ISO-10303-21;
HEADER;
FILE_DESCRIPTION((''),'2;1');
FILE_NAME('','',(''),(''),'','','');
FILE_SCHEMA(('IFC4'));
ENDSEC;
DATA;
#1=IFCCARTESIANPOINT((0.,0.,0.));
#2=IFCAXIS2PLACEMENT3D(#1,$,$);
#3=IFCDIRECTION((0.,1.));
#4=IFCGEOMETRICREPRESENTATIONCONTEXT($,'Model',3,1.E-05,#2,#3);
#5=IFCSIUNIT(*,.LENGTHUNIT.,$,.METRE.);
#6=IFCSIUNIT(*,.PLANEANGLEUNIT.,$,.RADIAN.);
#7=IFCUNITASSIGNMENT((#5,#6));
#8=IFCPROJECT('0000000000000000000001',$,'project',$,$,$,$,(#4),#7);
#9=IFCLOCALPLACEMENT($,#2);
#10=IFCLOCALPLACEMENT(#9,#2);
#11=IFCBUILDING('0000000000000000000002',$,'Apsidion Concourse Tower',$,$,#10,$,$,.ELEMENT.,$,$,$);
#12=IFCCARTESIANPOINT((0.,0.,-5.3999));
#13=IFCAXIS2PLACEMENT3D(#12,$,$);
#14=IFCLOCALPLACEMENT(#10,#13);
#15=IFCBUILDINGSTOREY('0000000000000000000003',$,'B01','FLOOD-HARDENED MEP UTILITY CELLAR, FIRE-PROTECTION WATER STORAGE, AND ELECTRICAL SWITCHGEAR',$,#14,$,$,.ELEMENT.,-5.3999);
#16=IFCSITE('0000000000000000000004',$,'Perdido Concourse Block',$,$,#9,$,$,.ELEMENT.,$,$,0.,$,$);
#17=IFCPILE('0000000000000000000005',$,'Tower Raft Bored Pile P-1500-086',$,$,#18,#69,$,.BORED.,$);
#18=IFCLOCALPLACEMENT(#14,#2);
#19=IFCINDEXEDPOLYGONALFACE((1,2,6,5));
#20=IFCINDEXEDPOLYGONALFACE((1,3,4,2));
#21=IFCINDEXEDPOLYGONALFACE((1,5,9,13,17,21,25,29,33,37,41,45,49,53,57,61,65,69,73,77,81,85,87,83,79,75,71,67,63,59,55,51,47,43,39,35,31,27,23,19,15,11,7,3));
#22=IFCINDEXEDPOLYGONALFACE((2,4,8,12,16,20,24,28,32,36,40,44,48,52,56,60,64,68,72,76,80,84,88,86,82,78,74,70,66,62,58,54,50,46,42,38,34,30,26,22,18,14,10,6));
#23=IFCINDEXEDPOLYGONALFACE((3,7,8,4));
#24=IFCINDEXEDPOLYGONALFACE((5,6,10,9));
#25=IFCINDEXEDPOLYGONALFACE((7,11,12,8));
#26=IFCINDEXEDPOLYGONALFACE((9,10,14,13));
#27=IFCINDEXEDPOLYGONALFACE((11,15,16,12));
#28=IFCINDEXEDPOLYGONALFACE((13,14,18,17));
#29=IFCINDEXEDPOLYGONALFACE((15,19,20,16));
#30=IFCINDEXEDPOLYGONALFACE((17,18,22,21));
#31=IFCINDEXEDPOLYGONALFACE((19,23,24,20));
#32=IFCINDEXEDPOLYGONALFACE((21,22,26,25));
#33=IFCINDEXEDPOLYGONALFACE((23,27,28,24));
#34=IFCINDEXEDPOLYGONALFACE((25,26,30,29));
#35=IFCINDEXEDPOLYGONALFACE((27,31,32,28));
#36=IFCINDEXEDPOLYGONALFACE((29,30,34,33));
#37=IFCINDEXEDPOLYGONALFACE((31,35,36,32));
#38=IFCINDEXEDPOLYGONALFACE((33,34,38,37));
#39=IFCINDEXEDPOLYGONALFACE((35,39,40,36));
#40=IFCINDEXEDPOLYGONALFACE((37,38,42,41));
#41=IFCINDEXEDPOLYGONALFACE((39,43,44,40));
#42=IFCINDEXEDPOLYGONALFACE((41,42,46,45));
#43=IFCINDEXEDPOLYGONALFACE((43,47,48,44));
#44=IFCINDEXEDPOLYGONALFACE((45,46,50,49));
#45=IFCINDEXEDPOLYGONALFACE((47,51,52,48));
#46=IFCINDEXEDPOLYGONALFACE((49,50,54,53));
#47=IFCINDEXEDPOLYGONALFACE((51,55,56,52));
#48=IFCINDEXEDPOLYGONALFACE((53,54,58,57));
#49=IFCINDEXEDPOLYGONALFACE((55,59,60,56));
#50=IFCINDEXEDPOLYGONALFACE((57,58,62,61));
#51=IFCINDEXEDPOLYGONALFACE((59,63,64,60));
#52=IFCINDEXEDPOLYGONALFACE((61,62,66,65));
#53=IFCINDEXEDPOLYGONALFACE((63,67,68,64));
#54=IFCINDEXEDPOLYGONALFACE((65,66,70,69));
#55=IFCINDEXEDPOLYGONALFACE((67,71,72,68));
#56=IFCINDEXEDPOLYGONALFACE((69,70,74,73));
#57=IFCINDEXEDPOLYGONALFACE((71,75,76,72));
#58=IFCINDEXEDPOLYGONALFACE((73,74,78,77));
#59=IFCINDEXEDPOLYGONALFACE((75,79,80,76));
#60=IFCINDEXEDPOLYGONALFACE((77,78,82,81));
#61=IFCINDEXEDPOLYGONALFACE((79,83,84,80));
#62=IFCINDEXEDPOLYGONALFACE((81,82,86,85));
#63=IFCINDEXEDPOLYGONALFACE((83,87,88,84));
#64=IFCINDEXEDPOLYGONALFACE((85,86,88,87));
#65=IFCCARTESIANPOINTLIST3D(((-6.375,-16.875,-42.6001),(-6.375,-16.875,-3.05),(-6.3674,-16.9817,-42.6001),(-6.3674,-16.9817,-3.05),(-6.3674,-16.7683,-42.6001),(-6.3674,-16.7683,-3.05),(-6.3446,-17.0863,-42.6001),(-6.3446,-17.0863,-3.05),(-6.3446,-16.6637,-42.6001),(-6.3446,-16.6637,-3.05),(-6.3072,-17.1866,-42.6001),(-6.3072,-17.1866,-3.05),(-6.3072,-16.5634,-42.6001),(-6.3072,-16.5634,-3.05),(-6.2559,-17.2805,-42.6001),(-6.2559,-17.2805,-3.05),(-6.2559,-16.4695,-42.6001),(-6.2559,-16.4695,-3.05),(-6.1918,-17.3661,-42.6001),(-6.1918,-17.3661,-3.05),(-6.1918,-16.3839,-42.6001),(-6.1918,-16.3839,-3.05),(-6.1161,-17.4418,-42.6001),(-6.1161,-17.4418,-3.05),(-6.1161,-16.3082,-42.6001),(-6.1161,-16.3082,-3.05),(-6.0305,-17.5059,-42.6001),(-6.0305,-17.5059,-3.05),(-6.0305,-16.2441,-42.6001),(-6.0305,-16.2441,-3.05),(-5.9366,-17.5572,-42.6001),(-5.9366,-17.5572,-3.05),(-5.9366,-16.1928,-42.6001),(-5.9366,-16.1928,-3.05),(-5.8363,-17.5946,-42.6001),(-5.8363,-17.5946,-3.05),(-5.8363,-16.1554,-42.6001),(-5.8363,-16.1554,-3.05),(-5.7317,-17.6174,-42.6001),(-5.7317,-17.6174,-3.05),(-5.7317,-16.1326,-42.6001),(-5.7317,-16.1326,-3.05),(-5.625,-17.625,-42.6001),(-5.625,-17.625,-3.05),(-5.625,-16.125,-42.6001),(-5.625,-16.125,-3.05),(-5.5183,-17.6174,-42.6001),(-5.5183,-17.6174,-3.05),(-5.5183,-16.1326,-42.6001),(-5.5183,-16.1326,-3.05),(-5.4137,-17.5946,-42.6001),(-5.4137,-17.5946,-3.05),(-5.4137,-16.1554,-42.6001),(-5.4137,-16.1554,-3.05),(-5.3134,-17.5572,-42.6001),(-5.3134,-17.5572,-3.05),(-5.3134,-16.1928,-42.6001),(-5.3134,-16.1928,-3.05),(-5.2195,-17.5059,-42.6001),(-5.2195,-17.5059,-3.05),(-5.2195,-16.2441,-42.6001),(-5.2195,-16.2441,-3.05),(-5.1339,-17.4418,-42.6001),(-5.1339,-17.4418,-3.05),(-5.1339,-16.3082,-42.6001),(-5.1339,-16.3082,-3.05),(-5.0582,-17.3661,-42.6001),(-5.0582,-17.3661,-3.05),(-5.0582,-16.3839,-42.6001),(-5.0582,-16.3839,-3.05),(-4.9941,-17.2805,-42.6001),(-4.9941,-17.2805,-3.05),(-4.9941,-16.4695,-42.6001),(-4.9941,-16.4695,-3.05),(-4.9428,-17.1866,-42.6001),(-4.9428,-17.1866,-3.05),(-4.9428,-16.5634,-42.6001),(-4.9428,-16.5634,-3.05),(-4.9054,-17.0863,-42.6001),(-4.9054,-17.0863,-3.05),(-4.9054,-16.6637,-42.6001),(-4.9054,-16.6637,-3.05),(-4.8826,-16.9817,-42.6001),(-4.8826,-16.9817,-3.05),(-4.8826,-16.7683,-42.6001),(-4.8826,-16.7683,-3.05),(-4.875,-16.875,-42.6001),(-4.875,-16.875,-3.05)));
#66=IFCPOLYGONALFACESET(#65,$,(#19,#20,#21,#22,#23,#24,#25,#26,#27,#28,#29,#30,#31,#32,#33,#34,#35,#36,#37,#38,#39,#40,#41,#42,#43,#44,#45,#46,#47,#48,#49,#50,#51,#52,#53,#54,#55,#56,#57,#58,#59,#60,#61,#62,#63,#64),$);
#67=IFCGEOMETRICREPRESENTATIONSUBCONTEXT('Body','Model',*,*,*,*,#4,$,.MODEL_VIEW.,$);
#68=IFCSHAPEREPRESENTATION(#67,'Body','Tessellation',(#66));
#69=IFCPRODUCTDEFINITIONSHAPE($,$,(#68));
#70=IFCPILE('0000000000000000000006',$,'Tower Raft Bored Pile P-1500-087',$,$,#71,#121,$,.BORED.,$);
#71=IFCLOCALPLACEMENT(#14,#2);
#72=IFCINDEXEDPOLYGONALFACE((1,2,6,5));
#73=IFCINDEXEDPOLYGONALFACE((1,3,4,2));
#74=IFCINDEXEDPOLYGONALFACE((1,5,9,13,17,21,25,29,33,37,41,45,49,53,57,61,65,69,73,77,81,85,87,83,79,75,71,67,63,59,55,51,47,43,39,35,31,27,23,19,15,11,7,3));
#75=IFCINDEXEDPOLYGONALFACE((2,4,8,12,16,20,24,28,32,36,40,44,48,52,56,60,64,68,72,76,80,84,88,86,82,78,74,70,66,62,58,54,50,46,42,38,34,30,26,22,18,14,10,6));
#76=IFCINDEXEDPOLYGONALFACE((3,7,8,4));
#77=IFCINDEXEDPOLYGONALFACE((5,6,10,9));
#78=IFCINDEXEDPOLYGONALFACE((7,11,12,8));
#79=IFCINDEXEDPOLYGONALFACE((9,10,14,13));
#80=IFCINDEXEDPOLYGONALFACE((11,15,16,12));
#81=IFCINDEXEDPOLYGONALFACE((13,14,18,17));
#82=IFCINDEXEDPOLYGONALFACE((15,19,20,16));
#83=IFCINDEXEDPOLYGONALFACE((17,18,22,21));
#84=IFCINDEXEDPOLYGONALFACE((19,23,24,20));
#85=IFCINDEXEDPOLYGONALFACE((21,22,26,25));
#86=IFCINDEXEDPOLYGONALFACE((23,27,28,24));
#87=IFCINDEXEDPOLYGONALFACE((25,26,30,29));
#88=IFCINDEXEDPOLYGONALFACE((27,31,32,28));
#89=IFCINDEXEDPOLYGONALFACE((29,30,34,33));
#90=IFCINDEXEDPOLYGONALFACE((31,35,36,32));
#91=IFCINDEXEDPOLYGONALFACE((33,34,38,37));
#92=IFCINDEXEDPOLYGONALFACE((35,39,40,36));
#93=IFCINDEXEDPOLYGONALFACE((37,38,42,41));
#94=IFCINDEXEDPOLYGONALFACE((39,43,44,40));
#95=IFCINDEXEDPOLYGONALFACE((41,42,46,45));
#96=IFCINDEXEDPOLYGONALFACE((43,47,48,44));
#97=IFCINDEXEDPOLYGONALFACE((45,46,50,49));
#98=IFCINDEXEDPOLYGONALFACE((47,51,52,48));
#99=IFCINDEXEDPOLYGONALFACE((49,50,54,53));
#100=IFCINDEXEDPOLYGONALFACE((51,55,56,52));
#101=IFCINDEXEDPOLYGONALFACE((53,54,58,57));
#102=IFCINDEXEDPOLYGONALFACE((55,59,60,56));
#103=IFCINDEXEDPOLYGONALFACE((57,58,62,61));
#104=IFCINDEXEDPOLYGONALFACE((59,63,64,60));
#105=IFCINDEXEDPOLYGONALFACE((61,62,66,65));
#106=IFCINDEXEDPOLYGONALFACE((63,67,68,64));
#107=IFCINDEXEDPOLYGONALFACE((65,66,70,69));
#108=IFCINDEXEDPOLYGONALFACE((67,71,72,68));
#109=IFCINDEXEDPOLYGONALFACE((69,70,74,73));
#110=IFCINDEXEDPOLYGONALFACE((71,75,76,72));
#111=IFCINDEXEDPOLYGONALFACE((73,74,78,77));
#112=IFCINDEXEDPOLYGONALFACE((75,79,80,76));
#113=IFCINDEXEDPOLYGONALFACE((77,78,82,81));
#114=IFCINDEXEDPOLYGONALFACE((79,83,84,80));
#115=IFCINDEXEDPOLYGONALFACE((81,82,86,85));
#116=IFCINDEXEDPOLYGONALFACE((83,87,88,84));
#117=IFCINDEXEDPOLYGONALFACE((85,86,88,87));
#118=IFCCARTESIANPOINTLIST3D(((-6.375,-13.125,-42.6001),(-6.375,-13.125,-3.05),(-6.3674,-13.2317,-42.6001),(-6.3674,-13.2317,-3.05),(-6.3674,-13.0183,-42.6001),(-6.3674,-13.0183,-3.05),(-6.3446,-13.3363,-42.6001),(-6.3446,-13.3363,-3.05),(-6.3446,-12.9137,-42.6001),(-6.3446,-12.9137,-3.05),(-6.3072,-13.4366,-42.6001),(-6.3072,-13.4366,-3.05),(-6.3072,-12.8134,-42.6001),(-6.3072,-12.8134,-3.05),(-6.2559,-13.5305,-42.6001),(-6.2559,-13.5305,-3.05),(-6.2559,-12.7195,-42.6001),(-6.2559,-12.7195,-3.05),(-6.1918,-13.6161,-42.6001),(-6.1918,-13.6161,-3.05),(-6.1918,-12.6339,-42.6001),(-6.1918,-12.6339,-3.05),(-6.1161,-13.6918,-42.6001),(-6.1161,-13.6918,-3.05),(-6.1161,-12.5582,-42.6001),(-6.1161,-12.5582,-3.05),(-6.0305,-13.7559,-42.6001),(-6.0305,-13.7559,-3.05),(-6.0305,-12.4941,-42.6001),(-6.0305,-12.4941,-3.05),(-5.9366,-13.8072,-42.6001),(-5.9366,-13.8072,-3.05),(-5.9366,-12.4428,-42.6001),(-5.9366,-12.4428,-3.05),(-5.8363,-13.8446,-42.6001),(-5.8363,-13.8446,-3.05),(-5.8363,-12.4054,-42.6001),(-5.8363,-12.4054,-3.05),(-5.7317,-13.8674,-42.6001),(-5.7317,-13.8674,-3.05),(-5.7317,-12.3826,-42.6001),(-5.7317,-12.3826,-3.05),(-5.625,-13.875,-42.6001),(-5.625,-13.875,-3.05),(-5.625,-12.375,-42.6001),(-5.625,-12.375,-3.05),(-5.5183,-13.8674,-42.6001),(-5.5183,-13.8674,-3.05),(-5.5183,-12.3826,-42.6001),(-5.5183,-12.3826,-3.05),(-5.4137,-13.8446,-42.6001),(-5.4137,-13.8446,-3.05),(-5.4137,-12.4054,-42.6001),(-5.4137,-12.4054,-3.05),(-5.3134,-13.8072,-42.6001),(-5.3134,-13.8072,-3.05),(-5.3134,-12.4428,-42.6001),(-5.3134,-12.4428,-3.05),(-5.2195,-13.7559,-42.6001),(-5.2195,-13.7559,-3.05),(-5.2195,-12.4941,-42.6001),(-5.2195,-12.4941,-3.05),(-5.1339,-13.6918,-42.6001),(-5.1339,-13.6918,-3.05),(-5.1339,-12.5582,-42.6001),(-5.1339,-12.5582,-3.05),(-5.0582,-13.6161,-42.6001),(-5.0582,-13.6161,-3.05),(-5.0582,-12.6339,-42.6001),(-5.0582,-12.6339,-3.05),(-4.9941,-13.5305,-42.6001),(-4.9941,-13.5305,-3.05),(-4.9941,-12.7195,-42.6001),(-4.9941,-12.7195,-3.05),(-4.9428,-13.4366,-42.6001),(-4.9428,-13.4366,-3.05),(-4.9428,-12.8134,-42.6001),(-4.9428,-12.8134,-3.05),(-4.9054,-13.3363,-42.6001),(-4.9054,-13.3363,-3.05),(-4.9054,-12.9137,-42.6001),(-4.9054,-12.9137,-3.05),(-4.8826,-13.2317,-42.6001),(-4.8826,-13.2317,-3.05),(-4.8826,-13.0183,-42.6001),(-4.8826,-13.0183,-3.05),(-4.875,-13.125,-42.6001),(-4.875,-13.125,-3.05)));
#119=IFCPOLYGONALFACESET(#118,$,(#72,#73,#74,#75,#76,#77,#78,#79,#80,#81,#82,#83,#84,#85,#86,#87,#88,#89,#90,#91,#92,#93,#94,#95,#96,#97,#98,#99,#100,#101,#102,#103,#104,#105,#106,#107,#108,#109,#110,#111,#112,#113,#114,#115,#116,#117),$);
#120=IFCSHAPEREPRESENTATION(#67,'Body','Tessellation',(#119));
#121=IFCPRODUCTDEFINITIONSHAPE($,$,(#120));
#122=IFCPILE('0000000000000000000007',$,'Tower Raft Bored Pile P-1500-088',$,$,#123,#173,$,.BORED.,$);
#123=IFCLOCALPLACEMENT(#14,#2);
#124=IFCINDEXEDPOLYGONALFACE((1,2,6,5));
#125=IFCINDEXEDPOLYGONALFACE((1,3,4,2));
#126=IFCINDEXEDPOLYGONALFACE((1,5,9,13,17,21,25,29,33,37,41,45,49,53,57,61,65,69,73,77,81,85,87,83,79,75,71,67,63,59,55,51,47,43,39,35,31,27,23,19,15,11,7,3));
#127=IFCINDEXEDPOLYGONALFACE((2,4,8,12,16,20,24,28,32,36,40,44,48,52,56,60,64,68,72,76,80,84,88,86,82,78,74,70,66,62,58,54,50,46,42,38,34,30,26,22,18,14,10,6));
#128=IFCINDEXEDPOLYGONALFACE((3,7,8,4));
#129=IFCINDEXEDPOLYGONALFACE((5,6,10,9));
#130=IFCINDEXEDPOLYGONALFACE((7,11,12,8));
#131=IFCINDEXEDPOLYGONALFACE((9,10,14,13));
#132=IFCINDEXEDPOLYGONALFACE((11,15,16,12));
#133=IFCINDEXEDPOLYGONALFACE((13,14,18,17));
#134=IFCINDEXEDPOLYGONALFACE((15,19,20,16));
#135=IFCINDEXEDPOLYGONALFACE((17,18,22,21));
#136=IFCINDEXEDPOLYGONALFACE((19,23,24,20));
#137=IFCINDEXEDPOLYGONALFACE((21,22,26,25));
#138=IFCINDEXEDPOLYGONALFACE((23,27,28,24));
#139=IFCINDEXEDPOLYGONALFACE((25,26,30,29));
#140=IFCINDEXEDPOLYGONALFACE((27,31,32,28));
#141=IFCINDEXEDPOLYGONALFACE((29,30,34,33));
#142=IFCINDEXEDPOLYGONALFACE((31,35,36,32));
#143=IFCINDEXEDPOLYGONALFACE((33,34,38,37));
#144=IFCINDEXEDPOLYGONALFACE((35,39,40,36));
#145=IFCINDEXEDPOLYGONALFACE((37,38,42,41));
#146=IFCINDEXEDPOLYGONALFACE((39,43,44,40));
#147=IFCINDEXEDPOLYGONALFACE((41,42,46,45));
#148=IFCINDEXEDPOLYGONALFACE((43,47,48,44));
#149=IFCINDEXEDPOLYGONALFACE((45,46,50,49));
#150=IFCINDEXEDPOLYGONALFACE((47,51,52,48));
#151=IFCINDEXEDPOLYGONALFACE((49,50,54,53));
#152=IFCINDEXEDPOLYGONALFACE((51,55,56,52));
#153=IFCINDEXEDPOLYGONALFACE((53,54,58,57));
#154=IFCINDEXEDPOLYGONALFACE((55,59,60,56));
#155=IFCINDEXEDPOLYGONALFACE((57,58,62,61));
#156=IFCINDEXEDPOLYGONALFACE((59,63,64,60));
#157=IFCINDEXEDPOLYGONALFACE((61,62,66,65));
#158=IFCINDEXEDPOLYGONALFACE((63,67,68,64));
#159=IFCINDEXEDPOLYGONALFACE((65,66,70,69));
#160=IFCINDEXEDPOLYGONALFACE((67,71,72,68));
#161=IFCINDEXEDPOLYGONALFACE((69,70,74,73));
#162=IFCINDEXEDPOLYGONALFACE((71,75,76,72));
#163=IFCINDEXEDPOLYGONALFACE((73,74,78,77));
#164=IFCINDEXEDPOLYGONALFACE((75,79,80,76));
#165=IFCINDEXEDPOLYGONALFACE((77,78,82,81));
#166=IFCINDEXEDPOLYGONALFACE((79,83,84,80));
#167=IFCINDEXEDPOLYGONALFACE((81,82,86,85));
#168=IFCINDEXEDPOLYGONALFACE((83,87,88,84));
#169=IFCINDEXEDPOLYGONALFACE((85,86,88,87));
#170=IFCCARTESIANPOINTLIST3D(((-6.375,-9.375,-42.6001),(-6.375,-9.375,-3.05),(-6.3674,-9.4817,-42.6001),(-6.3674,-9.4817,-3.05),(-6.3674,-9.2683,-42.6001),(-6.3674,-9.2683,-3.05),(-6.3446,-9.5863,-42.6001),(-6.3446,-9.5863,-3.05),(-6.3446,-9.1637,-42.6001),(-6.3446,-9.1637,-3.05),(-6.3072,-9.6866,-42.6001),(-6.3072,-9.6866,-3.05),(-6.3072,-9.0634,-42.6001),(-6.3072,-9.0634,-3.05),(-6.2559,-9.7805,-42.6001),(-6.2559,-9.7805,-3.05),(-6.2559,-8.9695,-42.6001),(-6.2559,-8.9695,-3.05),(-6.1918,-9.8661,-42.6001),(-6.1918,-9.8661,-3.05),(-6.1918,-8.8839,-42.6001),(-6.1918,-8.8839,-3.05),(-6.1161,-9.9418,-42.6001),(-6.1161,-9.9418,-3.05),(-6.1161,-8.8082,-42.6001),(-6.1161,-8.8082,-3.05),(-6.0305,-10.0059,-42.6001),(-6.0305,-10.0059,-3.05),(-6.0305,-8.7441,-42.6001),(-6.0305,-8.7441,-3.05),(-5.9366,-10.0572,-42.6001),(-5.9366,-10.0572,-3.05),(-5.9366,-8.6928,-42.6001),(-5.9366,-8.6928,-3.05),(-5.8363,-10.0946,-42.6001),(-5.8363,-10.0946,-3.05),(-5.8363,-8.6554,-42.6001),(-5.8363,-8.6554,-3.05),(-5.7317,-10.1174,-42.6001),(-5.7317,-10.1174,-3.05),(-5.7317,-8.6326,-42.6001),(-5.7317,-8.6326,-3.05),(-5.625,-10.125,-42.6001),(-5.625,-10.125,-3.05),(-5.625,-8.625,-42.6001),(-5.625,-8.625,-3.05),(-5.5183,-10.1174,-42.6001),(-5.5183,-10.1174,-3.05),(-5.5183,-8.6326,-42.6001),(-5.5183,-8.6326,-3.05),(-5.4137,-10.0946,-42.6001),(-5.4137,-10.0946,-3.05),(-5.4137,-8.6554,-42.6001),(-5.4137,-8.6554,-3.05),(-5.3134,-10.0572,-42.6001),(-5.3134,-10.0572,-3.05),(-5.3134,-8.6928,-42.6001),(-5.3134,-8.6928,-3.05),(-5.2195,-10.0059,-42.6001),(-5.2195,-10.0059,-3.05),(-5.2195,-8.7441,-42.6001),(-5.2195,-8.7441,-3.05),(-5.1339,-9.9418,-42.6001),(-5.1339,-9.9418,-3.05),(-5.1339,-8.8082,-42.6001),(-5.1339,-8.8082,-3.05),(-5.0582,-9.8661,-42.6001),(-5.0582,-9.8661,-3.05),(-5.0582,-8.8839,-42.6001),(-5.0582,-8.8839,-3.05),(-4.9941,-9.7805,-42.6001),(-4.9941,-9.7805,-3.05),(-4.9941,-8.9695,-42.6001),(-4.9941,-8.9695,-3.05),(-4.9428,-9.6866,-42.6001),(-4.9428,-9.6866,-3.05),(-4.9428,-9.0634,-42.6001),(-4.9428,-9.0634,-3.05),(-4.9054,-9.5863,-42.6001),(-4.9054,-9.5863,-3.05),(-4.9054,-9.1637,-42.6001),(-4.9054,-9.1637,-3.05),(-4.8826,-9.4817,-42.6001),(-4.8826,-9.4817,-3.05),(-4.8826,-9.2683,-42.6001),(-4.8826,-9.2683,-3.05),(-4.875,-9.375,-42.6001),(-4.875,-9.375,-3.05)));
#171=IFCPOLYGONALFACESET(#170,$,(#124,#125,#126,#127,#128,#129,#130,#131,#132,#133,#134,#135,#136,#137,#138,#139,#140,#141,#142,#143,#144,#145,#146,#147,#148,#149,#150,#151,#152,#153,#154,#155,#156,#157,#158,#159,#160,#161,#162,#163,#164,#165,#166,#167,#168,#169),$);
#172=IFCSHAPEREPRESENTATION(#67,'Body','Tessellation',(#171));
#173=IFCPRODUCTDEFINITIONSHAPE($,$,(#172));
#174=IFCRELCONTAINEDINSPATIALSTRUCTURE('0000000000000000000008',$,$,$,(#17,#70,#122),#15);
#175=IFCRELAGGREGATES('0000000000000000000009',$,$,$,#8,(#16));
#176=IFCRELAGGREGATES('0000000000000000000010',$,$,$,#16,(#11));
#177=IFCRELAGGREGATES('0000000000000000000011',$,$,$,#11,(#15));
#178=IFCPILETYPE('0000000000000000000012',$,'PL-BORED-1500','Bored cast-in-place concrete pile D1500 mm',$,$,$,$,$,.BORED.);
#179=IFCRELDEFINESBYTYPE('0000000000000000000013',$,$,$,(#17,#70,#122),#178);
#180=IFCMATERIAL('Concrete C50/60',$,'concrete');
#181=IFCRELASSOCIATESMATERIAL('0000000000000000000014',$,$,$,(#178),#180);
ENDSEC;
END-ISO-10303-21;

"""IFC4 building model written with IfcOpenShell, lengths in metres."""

from ifc_helpers import new_model, si_unit, direction, frame, origin, origin_2d, place, context, subcontext, project, spatial, circle, extrude, material, material_profile, profile_set, type_object, element, save


model = new_model("IFC4")

# Units and contexts
model_context = context("Model", 3, precision=1e-05, world=origin(), true_north=direction((0.0, 1.0)))
body_context = subcontext(model_context, "Body", "Model", "MODEL_VIEW")
ifc_project = project(units=[si_unit("LENGTHUNIT", "METRE"), si_unit("PLANEANGLEUNIT", "RADIAN")], contexts=[model_context])

# Site, building, storey
site_placement = place(None, origin())
site = spatial("IfcSite", under=ifc_project, at=site_placement, Name="Perdido Concourse Block", CompositionType="ELEMENT", RefElevation=0.0)
building_placement = place(site_placement, origin())
building = spatial("IfcBuilding", under=site, at=building_placement, Name="Apsidion Concourse Tower", CompositionType="ELEMENT")
storey_placement = place(building_placement, frame((0.0, 0.0, -5.3999)))
storey = spatial("IfcBuildingStorey", under=building, at=storey_placement, Name="B01", Description="FLOOD-HARDENED MEP UTILITY CELLAR, FIRE-PROTECTION WATER STORAGE, AND ELECTRICAL SWITCHGEAR", CompositionType="ELEMENT", Elevation=-5.3999)

# Shared definitions
ifc_material_1 = material(Name="Concrete C50/60", Category="concrete")

# Piles
ifc_material_profile_1 = material_profile(ifc_material_1, circle(Radius=0.75, at=origin_2d()), Name="BORED PILE D1500")
ifc_profile_set_1 = profile_set([ifc_material_profile_1], Name="Concrete C50/60")
pile_type_1 = type_object("IfcPileType", Name="PL-BORED-1500", Description="Bored cast-in-place concrete pile D1500 mm", PredefinedType="BORED", material=ifc_profile_set_1)
for number, where, z_axis, x_axis, name in (
    (1, (-5.625, -16.875, -3.05), (0.0, 0.0, -1.0), (1.0, 0.0, 0.0), "Tower Raft Bored Pile P-1500-086"),
    (2, (-5.625, -13.125, -3.05), (0.0, 0.0, -1.0), (1.0, 0.0, 0.0), "Tower Raft Bored Pile P-1500-087"),
    (3, (-5.625, -9.375, -3.05), (0.0, 0.0, -1.0), (1.0, 0.0, 0.0), "Tower Raft Bored Pile P-1500-088"),
):
    element("IfcPile", number, at=place(storey_placement, frame(where, z_axis=z_axis, x_axis=x_axis)), inside=storey, type_object=pile_type_1, Name=name, PredefinedType="BORED", context=body_context, shape_type="SweptSolid", body=[
        extrude(circle(Radius=0.75, at=origin_2d()), origin(), (0.0, 0.0, 1.0), 39.55),
    ])

save(model, "model.ifc")
